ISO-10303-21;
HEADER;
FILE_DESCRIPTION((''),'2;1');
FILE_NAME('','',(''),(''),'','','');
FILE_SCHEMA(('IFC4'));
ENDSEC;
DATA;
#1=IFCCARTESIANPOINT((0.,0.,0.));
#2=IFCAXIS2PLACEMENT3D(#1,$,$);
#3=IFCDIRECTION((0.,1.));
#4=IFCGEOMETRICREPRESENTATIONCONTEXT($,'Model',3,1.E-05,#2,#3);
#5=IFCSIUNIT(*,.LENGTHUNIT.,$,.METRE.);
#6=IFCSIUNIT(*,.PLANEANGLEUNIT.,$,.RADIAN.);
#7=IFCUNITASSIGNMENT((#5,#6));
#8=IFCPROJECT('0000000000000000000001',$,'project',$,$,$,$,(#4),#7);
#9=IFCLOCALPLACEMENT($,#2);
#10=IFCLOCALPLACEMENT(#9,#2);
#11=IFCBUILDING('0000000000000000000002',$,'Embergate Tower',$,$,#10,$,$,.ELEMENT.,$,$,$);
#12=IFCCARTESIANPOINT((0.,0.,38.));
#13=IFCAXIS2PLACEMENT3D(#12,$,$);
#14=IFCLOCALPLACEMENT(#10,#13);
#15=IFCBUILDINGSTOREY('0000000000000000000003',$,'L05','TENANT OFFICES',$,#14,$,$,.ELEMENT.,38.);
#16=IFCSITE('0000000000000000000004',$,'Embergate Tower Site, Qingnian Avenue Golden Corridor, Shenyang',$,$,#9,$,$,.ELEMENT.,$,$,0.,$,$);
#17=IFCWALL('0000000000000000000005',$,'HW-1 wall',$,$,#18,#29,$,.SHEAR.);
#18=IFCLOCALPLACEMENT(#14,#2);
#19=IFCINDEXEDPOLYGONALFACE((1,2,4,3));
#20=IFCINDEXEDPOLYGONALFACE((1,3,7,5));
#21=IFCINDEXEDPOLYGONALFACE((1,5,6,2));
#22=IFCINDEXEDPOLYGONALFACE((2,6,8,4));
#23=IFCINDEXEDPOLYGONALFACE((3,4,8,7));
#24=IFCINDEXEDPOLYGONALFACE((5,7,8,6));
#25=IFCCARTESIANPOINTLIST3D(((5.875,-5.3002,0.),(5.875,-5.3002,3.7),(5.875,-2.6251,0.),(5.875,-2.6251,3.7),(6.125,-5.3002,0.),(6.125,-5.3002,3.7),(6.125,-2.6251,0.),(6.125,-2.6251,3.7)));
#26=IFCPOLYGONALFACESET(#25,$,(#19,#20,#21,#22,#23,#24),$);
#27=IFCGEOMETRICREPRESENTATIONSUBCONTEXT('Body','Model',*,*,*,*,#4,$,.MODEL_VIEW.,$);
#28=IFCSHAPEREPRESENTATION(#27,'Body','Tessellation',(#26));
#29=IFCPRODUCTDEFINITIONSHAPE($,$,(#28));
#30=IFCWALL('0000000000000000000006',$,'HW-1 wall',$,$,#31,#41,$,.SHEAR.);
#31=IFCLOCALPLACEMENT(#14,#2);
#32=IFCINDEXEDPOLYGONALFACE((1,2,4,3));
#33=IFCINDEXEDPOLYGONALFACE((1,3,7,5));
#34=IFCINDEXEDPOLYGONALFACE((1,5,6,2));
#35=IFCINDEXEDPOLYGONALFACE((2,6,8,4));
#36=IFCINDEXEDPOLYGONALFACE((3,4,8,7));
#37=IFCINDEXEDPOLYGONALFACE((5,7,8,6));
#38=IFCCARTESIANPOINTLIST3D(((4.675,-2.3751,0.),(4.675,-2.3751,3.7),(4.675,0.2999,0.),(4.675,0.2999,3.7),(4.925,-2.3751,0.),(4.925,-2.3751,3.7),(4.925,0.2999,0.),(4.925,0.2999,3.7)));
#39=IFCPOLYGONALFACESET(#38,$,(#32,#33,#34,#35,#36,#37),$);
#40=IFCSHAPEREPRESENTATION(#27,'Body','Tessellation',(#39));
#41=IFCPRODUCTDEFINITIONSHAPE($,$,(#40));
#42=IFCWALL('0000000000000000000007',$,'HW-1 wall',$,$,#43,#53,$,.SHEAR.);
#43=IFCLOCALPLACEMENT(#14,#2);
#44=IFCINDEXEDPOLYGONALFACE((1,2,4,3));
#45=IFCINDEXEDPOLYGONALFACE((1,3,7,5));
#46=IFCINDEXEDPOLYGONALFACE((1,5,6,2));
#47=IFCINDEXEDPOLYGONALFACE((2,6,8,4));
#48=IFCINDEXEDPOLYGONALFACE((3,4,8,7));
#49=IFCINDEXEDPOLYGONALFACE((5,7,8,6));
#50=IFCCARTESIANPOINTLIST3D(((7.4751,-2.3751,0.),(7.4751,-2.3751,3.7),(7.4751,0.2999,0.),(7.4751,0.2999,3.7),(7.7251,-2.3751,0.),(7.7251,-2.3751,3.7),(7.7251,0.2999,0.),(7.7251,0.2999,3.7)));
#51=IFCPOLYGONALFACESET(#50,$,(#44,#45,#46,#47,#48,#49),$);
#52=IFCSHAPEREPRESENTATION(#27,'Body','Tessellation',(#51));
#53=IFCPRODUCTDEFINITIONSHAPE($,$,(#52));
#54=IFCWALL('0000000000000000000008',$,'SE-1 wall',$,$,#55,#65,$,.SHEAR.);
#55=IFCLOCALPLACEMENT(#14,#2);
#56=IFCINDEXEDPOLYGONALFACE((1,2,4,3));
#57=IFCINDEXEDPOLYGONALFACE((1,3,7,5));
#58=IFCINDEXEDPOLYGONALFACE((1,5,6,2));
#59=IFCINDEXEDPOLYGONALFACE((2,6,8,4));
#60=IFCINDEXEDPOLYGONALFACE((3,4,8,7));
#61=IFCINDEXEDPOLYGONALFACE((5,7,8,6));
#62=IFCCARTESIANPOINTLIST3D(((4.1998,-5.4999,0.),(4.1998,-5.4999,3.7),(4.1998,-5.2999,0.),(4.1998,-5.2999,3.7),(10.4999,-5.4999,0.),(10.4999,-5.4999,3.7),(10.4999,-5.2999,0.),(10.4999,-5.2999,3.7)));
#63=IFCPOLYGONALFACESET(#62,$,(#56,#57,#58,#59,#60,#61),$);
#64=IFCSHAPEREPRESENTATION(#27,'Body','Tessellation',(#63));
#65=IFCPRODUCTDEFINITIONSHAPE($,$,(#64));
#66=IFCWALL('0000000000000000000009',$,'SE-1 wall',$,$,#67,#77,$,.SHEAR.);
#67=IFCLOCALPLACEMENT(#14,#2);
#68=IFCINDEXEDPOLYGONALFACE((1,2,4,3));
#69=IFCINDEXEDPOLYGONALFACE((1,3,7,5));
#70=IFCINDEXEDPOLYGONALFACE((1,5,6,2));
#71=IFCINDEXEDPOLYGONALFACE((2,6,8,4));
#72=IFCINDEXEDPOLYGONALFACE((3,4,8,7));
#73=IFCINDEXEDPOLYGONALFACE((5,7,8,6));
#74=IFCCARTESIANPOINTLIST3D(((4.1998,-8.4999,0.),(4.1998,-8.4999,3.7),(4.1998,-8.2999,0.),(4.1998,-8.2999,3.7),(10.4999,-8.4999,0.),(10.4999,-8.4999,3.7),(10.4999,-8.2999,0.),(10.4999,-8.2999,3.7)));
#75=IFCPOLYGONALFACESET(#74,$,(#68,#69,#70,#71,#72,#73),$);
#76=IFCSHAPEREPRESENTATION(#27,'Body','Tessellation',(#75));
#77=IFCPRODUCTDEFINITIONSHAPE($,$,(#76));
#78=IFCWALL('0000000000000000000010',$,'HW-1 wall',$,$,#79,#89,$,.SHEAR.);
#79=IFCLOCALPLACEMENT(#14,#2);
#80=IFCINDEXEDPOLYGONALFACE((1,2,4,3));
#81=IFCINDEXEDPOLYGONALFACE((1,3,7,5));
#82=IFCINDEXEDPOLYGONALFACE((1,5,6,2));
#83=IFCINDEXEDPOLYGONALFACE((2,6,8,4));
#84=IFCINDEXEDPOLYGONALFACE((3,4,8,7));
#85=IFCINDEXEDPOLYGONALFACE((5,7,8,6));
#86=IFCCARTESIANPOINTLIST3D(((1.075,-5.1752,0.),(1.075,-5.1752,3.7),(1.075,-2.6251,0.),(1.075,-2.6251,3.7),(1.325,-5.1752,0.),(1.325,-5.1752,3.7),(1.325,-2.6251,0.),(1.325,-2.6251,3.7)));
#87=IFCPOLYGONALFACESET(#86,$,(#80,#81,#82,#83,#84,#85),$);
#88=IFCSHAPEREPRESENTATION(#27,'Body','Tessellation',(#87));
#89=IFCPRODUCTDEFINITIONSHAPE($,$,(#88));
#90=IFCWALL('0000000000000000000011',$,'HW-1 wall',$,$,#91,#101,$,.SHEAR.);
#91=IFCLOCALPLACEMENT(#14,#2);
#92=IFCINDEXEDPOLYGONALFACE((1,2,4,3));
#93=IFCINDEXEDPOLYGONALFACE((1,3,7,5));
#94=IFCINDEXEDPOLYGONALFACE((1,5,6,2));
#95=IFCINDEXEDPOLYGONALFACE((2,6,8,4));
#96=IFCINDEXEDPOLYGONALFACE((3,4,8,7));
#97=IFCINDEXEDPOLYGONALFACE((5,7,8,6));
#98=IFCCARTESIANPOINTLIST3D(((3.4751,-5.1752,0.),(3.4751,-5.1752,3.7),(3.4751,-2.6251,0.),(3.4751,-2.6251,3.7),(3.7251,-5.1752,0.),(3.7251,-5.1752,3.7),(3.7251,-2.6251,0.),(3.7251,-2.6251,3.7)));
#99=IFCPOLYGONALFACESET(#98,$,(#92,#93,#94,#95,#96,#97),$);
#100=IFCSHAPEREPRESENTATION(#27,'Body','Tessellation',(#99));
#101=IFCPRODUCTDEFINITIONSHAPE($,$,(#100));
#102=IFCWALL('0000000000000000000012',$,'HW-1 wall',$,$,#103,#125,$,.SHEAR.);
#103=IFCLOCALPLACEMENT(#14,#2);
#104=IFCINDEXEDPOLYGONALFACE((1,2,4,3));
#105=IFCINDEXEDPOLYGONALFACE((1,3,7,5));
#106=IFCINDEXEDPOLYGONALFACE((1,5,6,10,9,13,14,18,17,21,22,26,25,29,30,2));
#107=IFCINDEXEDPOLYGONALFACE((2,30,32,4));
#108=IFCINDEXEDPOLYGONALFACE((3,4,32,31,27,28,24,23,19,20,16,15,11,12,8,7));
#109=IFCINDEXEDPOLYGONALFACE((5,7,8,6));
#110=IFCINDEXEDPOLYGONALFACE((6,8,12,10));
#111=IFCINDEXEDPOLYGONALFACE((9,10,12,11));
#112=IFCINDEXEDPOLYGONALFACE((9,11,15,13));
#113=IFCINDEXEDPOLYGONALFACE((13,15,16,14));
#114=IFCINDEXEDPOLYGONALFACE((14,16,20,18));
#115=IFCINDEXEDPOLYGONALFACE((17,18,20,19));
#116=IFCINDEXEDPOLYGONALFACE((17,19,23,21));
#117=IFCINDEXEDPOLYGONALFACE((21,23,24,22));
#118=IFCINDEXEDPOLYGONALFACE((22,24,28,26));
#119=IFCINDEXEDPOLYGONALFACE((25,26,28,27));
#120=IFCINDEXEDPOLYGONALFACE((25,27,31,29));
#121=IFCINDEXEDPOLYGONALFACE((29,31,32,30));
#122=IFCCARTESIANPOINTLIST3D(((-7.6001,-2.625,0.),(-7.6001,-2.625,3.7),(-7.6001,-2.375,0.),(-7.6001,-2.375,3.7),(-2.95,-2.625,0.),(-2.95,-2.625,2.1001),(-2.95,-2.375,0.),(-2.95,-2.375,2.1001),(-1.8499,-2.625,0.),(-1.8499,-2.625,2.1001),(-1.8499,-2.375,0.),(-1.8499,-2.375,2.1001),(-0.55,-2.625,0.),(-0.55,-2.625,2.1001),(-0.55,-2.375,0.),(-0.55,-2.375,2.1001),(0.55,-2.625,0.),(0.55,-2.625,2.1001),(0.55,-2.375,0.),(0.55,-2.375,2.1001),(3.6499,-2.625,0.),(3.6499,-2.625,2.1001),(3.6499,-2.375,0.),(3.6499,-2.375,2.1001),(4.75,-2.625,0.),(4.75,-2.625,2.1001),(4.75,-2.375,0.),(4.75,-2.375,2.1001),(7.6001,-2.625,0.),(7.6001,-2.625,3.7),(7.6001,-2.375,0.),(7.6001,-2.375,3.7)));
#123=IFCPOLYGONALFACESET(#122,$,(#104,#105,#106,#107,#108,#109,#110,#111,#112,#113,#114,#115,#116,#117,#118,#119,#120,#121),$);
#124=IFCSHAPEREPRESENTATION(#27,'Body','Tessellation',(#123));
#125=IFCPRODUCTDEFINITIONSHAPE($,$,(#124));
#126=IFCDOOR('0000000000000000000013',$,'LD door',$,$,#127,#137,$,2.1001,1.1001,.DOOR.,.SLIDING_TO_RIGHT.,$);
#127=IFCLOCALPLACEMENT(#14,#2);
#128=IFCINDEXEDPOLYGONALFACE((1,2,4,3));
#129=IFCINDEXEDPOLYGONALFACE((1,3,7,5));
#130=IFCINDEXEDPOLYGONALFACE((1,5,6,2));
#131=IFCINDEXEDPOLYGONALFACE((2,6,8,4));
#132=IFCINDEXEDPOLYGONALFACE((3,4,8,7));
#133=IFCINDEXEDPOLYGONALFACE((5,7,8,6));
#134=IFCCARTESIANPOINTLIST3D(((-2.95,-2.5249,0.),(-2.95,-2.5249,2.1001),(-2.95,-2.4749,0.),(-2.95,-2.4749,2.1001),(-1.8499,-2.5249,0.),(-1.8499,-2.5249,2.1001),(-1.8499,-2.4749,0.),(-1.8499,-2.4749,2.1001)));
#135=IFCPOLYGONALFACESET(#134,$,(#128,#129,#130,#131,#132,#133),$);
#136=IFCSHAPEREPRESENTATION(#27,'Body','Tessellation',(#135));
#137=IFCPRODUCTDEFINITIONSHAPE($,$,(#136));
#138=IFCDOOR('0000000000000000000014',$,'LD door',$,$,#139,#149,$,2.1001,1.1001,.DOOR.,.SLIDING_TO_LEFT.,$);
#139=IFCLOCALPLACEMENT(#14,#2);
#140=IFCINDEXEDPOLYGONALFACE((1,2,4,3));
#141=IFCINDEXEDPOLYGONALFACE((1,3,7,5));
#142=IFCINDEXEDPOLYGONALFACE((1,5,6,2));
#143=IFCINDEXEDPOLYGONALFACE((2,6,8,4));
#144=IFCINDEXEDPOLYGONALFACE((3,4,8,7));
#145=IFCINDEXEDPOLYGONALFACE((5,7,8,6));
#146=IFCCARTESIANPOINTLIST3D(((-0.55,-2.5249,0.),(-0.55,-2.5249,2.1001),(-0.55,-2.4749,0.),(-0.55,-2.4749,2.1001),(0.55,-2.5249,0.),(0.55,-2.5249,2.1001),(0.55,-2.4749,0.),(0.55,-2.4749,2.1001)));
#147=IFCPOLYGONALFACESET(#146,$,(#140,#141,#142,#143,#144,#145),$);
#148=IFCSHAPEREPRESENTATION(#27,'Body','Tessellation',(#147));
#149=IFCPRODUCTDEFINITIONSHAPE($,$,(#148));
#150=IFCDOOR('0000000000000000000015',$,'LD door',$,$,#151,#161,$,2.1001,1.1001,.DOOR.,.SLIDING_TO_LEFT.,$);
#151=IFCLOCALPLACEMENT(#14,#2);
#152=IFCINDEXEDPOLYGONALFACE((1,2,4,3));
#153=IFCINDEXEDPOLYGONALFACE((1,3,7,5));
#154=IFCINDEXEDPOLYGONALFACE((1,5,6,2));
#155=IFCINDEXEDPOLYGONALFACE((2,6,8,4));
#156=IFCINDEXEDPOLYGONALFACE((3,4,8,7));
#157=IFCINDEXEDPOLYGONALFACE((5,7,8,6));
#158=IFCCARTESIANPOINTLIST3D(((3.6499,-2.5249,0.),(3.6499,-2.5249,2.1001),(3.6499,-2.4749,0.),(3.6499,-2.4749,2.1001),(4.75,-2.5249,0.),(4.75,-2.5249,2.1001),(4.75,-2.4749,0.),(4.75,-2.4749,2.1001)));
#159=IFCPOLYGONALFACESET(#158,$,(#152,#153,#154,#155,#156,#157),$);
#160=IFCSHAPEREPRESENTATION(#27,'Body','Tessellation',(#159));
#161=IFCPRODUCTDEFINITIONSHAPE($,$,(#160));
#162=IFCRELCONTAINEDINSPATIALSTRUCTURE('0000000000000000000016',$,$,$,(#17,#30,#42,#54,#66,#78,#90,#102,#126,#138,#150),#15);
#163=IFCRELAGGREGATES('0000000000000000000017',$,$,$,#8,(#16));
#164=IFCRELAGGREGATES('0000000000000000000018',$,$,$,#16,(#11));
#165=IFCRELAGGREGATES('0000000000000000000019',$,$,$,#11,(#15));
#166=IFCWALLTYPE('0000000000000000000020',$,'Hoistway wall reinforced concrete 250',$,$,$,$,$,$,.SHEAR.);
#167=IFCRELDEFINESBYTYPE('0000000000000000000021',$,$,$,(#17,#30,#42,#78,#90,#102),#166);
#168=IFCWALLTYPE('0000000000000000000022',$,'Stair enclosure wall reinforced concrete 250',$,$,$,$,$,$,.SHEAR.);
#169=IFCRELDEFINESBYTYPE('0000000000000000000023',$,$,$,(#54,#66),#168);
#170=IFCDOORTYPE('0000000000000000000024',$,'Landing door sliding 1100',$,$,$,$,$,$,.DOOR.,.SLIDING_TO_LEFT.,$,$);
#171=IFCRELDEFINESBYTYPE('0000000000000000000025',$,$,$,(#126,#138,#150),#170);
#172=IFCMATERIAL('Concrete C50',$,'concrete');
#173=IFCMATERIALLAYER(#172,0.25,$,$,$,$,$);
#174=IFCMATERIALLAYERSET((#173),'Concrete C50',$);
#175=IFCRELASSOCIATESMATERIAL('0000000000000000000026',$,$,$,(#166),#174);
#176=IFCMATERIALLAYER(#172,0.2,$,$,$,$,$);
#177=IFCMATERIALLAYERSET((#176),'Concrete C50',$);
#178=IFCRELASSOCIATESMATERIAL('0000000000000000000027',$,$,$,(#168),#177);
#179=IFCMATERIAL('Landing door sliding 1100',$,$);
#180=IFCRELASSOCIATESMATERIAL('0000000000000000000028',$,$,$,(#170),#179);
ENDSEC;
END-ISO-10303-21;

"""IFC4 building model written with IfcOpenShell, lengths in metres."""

from ifc_helpers import new_model, si_unit, direction, frame, frame_2d, origin, place, context, subcontext, project, spatial, rectangle, extrude, source, transform, mapped, material, layer, layer_set, type_object, element, fill, save


model = new_model("IFC4")

# Units and contexts
model_context = context("Model", 3, precision=1e-05, world=origin(), true_north=direction((0.0, 1.0)))
body_context = subcontext(model_context, "Body", "Model", "MODEL_VIEW")
ifc_project = project(units=[si_unit("LENGTHUNIT", "METRE"), si_unit("PLANEANGLEUNIT", "RADIAN")], contexts=[model_context])

# Site, building, storey
site_placement = place(None, origin())
site = spatial("IfcSite", under=ifc_project, at=site_placement, Name="Embergate Tower Site, Qingnian Avenue Golden Corridor, Shenyang", CompositionType="ELEMENT", RefElevation=0.0)
building_placement = place(site_placement, origin())
building = spatial("IfcBuilding", under=site, at=building_placement, Name="Embergate Tower", CompositionType="ELEMENT")
storey_placement = place(building_placement, frame((0.0, 0.0, 38.0)))
storey = spatial("IfcBuildingStorey", under=building, at=storey_placement, Name="L05", Description="TENANT OFFICES", CompositionType="ELEMENT", Elevation=38.0)

# Walls
ifc_material_1 = material(Name="Concrete C50", Category="concrete")
ifc_layer_1 = layer(ifc_material_1, 0.25)
ifc_layer_set_1 = layer_set([ifc_layer_1], Name="Concrete C50")
wall_type_1 = type_object("IfcWallType", Name="Hoistway wall reinforced concrete 250", PredefinedType="SHEAR", material=ifc_layer_set_1)
shared_shape_1 = source(origin(), body_context, "Body", "SweptSolid", [
    extrude(rectangle(XDim=2.675, YDim=0.25, at=frame_2d((1.3374, 0.0))), origin(), (0.0, 0.0, 1.0), 3.7),
])
for number, where, z_axis, x_axis, name in (
    (1, (6.0, -5.3, 0.0), (0.0, 0.0, 1.0), (0.0, 1.0, 0.0), "HW-1 wall"),
    (2, (4.8, -2.375, 0.0), (0.0, 0.0, 1.0), (0.0, 1.0, 0.0), "HW-1 wall"),
    (3, (7.6001, -2.375, 0.0), (0.0, 0.0, 1.0), (0.0, 1.0, 0.0), "HW-1 wall"),
):
    element("IfcWall", number, at=place(storey_placement, frame(where, z_axis=z_axis, x_axis=x_axis)), inside=storey, type_object=wall_type_1, Name=name, PredefinedType="SHEAR", context=body_context, shape_type="MappedRepresentation", body=[
        mapped(shared_shape_1, transform((0.0, 0.0, 0.0))),
    ])
ifc_layer_2 = layer(ifc_material_1, 0.2)
ifc_layer_set_2 = layer_set([ifc_layer_2], Name="Concrete C50")
wall_type_2 = type_object("IfcWallType", Name="Stair enclosure wall reinforced concrete 250", PredefinedType="SHEAR", material=ifc_layer_set_2)
shared_shape_2 = source(origin(), body_context, "Body", "SweptSolid", [
    extrude(rectangle(XDim=6.3, YDim=0.2, at=frame_2d((3.1499, 0.0))), origin(), (0.0, 0.0, 1.0), 3.7),
])
for number, where, z_axis, x_axis, name in (
    (4, (4.2, -5.3999, 0.0), (0.0, 0.0, 1.0), (1.0, 0.0, 0.0), "SE-1 wall"),
    (5, (4.2, -8.3999, 0.0), (0.0, 0.0, 1.0), (1.0, 0.0, 0.0), "SE-1 wall"),
):
    element("IfcWall", number, at=place(storey_placement, frame(where, z_axis=z_axis, x_axis=x_axis)), inside=storey, type_object=wall_type_2, Name=name, PredefinedType="SHEAR", context=body_context, shape_type="MappedRepresentation", body=[
        mapped(shared_shape_2, transform((0.0, 0.0, 0.0))),
    ])
shared_shape_3 = source(origin(), body_context, "Body", "SweptSolid", [
    extrude(rectangle(XDim=2.55, YDim=0.25, at=frame_2d((1.2749, 0.0))), origin(), (0.0, 0.0, 1.0), 3.7),
])
for number, where, z_axis, x_axis, name in (
    (6, (1.2, -5.175, 0.0), (0.0, 0.0, 1.0), (0.0, 1.0, 0.0), "HW-1 wall"),
    (7, (3.6001, -5.175, 0.0), (0.0, 0.0, 1.0), (0.0, 1.0, 0.0), "HW-1 wall"),
):
    element("IfcWall", number, at=place(storey_placement, frame(where, z_axis=z_axis, x_axis=x_axis)), inside=storey, type_object=wall_type_1, Name=name, PredefinedType="SHEAR", context=body_context, shape_type="MappedRepresentation", body=[
        mapped(shared_shape_3, transform((0.0, 0.0, 0.0))),
    ])

# Wall, openings, doors
shared_shape_4 = source(origin(), body_context, "Body", "SweptSolid", [
    extrude(rectangle(XDim=15.2002, YDim=0.25, at=frame_2d((7.6001, 0.0))), origin(), (0.0, 0.0, 1.0), 3.7),
])
wall_1_placement = place(storey_placement, frame((7.6001, -2.5, 0.0), z_axis=(0.0, 0.0, 1.0), x_axis=(-1.0, 0.0, 0.0)))
wall_1 = element("IfcWall", 8, at=wall_1_placement, inside=storey, type_object=wall_type_1, Name="HW-1 wall", PredefinedType="SHEAR", context=body_context, shape_type="MappedRepresentation", body=[
    mapped(shared_shape_4, transform((0.0, 0.0, 0.0))),
])
shared_shape_5 = source(origin(), body_context, "Body", "SweptSolid", [
    extrude(rectangle(XDim=1.1001, YDim=2.1001, at=frame_2d((0.55, 1.05))), frame((0.0, 0.135, 0.0), z_axis=(0.0, -1.0, 0.0), x_axis=(1.0, 0.0, 0.0)), (0.0, 0.0, 1.0), 0.27),
])
opening_1_placement = place(wall_1_placement, frame((9.45, 0.0, 0.0)))
opening_1 = element("IfcOpeningElement", 9, at=opening_1_placement, cuts=wall_1, PredefinedType="OPENING", context=body_context, shape_type="MappedRepresentation", body=[
    mapped(shared_shape_5, transform((0.0, 0.0, 0.0))),
])
opening_2_placement = place(wall_1_placement, frame((7.05, 0.0, 0.0)))
opening_2 = element("IfcOpeningElement", 10, at=opening_2_placement, cuts=wall_1, PredefinedType="OPENING", context=body_context, shape_type="MappedRepresentation", body=[
    mapped(shared_shape_5, transform((0.0, 0.0, 0.0))),
])
opening_3_placement = place(wall_1_placement, frame((2.8501, 0.0, 0.0)))
opening_3 = element("IfcOpeningElement", 11, at=opening_3_placement, cuts=wall_1, PredefinedType="OPENING", context=body_context, shape_type="MappedRepresentation", body=[
    mapped(shared_shape_5, transform((0.0, 0.0, 0.0))),
])
ifc_material_2 = material(Name="Landing door sliding 1100")
door_type_1 = type_object("IfcDoorType", Name="Landing door sliding 1100", OperationType="SLIDING_TO_LEFT", PredefinedType="DOOR", material=ifc_material_2)
shared_shape_6 = source(origin(), body_context, "Body", "SweptSolid", [
    extrude(rectangle(XDim=1.1001, YDim=2.1001, at=frame_2d((0.55, 1.05))), frame((0.0, 0.0249, 0.0), z_axis=(0.0, -1.0, 0.0), x_axis=(1.0, 0.0, 0.0)), (0.0, 0.0, 1.0), 0.05),
])
door_1_placement = place(opening_1_placement, origin())
door_1 = element("IfcDoor", 12, at=door_1_placement, inside=storey, type_object=door_type_1, Name="LD door", OperationType="SLIDING_TO_RIGHT", OverallHeight=2.1001, OverallWidth=1.1001, PredefinedType="DOOR", context=body_context, shape_type="MappedRepresentation", body=[
    mapped(shared_shape_6, transform((0.0, 0.0, 0.0))),
])
fill(opening_1, door_1)
door_2_placement = place(opening_2_placement, origin())
door_2 = element("IfcDoor", 13, at=door_2_placement, inside=storey, type_object=door_type_1, Name="LD door", OperationType="SLIDING_TO_LEFT", OverallHeight=2.1001, OverallWidth=1.1001, PredefinedType="DOOR", context=body_context, shape_type="MappedRepresentation", body=[
    mapped(shared_shape_6, transform((0.0, 0.0, 0.0))),
])
fill(opening_2, door_2)
door_3_placement = place(opening_3_placement, origin())
door_3 = element("IfcDoor", 14, at=door_3_placement, inside=storey, type_object=door_type_1, Name="LD door", OperationType="SLIDING_TO_LEFT", OverallHeight=2.1001, OverallWidth=1.1001, PredefinedType="DOOR", context=body_context, shape_type="MappedRepresentation", body=[
    mapped(shared_shape_6, transform((0.0, 0.0, 0.0))),
])
fill(opening_3, door_3)

save(model, "model.ifc")
